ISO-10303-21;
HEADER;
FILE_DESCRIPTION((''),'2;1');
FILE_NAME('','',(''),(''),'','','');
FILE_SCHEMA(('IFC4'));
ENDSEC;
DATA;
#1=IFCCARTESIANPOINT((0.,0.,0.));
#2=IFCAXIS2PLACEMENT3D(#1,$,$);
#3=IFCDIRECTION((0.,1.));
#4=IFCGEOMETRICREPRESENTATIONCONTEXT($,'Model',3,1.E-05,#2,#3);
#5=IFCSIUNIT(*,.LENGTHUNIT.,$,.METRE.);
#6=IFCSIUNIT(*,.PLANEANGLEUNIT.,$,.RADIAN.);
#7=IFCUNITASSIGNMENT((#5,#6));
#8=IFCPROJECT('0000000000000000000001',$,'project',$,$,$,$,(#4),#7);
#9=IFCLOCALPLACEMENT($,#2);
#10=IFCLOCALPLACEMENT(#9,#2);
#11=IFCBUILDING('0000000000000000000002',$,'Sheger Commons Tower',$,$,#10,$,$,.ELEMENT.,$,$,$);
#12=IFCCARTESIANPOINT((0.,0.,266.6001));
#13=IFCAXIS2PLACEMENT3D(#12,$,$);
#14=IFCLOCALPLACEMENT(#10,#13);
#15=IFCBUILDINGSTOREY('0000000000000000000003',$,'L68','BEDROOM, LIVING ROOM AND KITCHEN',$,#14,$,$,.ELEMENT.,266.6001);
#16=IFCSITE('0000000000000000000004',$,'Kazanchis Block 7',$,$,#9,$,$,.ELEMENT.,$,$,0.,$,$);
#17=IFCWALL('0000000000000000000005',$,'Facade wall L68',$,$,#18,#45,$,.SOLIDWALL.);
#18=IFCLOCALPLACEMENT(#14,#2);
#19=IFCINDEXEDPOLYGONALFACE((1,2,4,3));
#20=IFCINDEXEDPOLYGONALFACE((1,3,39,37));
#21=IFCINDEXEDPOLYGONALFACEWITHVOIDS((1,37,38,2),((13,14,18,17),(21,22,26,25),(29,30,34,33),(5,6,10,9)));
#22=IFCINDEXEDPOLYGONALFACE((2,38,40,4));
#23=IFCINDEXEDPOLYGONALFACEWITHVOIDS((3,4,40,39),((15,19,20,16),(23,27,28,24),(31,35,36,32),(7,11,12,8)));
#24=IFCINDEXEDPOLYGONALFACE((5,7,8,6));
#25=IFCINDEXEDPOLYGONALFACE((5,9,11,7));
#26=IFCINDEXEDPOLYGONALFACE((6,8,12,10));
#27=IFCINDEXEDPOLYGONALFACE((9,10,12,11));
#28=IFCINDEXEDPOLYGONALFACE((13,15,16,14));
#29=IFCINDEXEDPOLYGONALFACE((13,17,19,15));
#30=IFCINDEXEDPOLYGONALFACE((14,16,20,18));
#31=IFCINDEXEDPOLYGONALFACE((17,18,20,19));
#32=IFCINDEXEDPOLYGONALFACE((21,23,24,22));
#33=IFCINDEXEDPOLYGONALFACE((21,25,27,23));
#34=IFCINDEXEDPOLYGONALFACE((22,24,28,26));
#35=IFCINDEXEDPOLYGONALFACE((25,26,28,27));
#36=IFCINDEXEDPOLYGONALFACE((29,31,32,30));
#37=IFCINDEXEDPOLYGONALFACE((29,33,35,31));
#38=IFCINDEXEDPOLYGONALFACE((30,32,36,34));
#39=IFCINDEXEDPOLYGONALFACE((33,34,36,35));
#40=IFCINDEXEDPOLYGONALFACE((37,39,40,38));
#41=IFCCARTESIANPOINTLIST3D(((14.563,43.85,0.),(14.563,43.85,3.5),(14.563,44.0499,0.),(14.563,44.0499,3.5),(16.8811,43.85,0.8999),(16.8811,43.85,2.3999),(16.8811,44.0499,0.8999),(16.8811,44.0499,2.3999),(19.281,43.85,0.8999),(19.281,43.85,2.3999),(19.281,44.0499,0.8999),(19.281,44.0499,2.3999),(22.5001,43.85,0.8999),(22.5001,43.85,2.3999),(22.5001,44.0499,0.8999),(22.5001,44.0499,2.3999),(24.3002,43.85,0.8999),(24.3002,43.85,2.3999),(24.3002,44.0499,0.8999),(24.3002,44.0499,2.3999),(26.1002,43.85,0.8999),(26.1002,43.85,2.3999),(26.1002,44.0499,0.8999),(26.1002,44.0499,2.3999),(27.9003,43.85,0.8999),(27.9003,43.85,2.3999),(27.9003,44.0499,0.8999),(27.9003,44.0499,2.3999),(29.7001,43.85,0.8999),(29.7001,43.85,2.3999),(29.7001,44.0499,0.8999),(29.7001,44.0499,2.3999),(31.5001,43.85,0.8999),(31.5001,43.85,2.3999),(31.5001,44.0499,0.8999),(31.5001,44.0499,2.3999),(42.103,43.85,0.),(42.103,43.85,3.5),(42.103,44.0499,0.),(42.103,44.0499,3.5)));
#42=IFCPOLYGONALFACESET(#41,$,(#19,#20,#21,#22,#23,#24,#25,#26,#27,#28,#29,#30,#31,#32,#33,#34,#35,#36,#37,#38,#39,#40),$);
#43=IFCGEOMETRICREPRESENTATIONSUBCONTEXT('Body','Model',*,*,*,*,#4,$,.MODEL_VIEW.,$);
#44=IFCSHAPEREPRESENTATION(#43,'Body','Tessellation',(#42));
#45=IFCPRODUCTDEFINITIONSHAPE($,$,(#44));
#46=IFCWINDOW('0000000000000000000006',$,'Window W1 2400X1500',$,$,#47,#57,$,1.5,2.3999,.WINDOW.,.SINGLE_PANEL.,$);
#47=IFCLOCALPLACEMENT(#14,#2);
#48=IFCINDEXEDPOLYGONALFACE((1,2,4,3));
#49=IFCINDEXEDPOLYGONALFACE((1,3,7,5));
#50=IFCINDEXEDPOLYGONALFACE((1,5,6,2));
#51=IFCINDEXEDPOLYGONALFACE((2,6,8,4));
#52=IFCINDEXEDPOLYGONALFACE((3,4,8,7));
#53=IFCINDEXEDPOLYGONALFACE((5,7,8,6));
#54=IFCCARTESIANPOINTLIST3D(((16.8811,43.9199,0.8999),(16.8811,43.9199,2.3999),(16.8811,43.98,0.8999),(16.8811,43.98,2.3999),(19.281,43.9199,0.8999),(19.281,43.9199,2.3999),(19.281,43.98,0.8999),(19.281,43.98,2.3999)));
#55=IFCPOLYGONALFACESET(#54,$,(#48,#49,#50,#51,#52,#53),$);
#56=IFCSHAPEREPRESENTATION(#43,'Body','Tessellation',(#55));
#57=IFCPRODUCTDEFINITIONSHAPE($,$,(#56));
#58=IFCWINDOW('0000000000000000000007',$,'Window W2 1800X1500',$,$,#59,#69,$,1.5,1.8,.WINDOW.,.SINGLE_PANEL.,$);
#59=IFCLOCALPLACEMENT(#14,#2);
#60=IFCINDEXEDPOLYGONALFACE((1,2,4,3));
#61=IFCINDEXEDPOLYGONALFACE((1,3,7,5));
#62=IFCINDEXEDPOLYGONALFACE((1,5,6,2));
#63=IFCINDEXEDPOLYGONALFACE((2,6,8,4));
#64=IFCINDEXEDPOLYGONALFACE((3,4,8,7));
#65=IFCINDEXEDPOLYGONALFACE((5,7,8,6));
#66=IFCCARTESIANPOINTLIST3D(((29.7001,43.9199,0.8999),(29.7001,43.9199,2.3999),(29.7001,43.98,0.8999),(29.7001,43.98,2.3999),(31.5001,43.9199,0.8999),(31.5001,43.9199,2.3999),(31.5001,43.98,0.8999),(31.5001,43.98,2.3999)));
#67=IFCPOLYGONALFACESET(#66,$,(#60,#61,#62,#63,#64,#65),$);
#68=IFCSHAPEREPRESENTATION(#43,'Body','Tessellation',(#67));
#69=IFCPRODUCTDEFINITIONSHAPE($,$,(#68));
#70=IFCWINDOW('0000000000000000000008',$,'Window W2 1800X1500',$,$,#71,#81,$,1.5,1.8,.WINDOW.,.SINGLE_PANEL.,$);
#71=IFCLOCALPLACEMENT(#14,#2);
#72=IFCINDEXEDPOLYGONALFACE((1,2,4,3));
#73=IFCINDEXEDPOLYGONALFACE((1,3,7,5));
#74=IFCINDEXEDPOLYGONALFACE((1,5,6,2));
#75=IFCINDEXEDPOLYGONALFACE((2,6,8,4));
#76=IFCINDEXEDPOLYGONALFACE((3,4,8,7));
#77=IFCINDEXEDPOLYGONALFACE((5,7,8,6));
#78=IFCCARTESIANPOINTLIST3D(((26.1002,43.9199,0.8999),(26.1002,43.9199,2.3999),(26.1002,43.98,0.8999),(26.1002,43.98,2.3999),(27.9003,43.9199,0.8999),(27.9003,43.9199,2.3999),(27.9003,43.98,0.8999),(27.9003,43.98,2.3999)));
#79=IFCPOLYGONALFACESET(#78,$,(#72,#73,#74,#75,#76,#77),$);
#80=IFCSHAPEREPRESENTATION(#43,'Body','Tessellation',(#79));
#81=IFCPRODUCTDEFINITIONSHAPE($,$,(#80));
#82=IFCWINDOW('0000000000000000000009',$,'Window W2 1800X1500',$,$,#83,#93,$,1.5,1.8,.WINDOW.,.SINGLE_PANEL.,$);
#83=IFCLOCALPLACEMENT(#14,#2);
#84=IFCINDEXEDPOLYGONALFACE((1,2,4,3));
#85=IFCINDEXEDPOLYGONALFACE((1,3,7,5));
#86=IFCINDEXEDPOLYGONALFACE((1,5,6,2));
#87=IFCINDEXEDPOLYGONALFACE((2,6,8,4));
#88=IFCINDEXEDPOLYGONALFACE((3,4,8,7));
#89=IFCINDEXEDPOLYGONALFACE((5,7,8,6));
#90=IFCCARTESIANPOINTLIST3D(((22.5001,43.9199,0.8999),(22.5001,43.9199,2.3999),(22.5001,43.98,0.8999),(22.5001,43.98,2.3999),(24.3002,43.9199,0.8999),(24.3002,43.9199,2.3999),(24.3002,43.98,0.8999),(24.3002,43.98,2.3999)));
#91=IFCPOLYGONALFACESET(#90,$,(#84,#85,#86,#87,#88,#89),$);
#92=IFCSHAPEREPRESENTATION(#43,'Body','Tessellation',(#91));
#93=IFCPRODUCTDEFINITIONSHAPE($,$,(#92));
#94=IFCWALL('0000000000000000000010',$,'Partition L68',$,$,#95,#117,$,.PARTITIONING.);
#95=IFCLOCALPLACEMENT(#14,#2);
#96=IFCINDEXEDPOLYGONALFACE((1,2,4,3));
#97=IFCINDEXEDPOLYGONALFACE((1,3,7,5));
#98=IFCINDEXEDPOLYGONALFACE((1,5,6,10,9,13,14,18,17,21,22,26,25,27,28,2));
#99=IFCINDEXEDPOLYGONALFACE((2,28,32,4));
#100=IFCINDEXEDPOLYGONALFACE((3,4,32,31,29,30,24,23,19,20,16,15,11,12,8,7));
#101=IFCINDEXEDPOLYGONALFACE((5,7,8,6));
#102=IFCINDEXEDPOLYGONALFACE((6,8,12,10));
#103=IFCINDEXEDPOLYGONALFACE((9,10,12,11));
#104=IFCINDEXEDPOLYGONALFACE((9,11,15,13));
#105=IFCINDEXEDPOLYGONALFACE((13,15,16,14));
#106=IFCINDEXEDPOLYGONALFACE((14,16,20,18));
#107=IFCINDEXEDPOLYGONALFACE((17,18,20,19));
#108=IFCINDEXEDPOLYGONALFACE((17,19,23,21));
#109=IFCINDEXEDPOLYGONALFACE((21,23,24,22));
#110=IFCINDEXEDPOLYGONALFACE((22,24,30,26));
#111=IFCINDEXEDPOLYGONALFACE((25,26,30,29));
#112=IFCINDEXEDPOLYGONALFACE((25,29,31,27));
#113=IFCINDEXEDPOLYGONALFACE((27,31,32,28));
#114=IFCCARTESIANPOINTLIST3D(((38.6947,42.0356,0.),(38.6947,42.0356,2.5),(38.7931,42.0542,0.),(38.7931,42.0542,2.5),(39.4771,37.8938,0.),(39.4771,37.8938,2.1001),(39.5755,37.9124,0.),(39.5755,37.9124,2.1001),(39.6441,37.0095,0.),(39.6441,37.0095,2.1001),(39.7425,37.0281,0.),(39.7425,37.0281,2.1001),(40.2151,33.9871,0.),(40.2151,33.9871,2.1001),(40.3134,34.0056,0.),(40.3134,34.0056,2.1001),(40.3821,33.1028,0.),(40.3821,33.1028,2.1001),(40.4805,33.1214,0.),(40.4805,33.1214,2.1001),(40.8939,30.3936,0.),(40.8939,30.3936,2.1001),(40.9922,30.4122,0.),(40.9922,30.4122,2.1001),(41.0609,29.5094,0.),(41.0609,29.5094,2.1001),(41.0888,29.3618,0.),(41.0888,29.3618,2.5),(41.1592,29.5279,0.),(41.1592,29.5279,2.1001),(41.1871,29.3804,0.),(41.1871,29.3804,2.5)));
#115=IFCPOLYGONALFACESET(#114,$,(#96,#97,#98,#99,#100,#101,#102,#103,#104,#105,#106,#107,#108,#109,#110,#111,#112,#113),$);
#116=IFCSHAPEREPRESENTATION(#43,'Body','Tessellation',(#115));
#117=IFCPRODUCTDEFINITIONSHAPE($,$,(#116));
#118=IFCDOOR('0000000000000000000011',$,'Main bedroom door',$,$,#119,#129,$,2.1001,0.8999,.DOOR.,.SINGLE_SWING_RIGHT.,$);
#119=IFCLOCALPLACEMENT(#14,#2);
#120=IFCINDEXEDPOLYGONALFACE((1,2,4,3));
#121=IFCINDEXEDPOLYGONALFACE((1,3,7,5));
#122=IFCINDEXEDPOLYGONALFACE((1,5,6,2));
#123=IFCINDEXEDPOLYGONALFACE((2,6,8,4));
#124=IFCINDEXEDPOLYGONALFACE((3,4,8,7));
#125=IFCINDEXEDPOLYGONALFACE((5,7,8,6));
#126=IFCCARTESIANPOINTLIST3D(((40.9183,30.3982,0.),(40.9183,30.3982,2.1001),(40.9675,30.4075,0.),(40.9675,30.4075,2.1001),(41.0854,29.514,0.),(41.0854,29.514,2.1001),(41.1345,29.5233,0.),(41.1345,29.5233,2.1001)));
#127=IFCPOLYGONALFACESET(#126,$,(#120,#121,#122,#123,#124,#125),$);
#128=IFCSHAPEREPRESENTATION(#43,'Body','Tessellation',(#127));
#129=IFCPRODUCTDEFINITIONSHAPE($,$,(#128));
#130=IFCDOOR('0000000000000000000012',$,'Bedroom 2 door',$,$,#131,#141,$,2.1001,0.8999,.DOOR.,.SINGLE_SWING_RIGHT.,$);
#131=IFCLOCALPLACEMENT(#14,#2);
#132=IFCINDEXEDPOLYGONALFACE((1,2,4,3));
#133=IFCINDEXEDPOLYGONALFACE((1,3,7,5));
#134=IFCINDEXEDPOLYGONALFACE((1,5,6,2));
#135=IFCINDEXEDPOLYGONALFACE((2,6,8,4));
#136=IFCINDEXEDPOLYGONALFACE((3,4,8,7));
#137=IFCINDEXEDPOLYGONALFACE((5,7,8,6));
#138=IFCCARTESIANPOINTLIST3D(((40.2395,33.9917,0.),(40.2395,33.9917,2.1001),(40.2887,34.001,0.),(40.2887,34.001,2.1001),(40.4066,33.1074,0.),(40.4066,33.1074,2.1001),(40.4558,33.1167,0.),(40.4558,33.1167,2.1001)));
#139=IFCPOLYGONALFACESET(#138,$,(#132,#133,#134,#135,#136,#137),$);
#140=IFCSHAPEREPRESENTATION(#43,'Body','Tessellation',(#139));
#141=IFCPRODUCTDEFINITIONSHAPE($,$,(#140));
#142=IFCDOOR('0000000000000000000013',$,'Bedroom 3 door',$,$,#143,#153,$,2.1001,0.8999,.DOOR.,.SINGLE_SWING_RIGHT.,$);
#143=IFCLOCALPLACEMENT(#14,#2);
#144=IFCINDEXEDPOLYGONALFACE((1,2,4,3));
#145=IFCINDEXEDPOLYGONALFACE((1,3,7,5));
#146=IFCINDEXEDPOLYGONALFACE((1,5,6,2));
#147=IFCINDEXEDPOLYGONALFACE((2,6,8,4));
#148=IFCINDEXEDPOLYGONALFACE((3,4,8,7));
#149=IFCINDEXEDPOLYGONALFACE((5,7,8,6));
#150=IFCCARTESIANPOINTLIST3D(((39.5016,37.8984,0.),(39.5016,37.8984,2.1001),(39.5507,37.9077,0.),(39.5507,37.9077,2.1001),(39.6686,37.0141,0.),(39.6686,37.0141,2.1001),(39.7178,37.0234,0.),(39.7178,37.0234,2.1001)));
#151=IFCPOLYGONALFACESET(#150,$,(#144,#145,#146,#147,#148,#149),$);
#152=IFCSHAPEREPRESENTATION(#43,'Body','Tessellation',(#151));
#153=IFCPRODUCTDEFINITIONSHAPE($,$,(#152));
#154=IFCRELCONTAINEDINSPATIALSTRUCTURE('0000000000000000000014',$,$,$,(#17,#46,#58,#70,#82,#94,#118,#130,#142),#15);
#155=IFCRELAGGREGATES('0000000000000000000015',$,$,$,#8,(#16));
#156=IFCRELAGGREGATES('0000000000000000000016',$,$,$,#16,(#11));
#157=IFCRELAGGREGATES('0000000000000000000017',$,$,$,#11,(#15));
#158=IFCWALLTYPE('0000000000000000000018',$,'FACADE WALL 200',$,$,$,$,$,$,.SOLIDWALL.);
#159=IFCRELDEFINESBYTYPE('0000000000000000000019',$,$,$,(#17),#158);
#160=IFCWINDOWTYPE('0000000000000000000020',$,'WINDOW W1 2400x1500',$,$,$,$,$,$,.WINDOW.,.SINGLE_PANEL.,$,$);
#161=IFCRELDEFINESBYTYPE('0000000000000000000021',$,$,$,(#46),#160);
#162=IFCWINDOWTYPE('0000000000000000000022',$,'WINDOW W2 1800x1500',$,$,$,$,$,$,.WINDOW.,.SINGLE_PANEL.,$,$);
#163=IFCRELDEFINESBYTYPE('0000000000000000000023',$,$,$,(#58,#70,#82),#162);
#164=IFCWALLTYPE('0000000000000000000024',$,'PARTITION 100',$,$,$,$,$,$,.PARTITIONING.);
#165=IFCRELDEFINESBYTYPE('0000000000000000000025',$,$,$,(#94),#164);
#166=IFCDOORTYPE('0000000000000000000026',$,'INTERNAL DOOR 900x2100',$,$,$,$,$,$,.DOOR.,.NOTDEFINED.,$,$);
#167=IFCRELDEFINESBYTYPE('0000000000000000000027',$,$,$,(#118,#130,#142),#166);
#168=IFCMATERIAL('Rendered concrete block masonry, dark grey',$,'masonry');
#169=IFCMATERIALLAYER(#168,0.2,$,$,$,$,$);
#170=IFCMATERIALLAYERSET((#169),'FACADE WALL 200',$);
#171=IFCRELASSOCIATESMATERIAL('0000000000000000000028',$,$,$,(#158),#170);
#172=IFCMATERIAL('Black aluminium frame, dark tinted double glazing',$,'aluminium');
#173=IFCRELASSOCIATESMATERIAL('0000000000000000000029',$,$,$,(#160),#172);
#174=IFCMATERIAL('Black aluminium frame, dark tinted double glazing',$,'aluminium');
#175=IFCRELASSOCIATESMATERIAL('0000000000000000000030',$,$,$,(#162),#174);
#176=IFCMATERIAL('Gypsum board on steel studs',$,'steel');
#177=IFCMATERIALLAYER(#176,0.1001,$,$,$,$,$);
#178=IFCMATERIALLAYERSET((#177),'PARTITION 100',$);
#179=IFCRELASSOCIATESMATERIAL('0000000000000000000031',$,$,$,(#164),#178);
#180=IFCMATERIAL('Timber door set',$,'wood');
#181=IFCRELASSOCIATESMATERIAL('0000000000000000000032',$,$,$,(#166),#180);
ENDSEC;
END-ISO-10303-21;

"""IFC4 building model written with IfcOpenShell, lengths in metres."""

from ifc_helpers import new_model, si_unit, direction, frame, frame_2d, origin, place, context, subcontext, project, spatial, rectangle, extrude, material, layer, layer_set, type_object, element, fill, save


model = new_model("IFC4")

# Units and contexts
model_context = context("Model", 3, precision=1e-05, world=origin(), true_north=direction((0.0, 1.0)))
body_context = subcontext(model_context, "Body", "Model", "MODEL_VIEW")
ifc_project = project(units=[si_unit("LENGTHUNIT", "METRE"), si_unit("PLANEANGLEUNIT", "RADIAN")], contexts=[model_context])

# Site, building, storey
site_placement = place(None, origin())
site = spatial("IfcSite", under=ifc_project, at=site_placement, Name="Kazanchis Block 7", CompositionType="ELEMENT", RefElevation=0.0)
building_placement = place(site_placement, origin())
building = spatial("IfcBuilding", under=site, at=building_placement, Name="Sheger Commons Tower", CompositionType="ELEMENT")
storey_placement = place(building_placement, frame((0.0, 0.0, 266.6001)))
storey = spatial("IfcBuildingStorey", under=building, at=storey_placement, Name="L68", Description="BEDROOM, LIVING ROOM AND KITCHEN", CompositionType="ELEMENT", Elevation=266.6001)

# Shared definitions
ifc_material_1 = material(Name="Rendered concrete block masonry, dark grey", Category="masonry")
ifc_layer_1 = layer(ifc_material_1, 0.2)
ifc_layer_set_1 = layer_set([ifc_layer_1], Name="FACADE WALL 200")
wall_type_1 = type_object("IfcWallType", Name="FACADE WALL 200", PredefinedType="SOLIDWALL", material=ifc_layer_set_1)

# Wall, openings, windows
wall_1_placement = place(storey_placement, frame((42.103, 43.95, 0.0), z_axis=(0.0, 0.0, 1.0), x_axis=(-1.0, 0.0, 0.0)))
wall_1 = element("IfcWall", 1, at=wall_1_placement, inside=storey, type_object=wall_type_1, Name="Facade wall L68", PredefinedType="SOLIDWALL", context=body_context, shape_type="SweptSolid", body=[
    extrude(rectangle(XDim=27.54, YDim=0.2, at=frame_2d((13.77, 0.0))), origin(), (0.0, 0.0, 1.0), 3.5),
])
opening_1_placement = place(wall_1_placement, frame((10.603, 0.0, 0.8999)))
opening_1 = element("IfcOpeningElement", 2, at=opening_1_placement, cuts=wall_1, PredefinedType="OPENING", context=body_context, shape_type="SweptSolid", body=[
    extrude(rectangle(XDim=1.8, YDim=1.5, at=frame_2d((0.8999, 0.75))), frame((0.0, 0.1099, 0.0), z_axis=(0.0, -1.0, 0.0), x_axis=(1.0, 0.0, 0.0)), (0.0, 0.0, 1.0), 0.22),
])
opening_2_placement = place(wall_1_placement, frame((14.2029, 0.0, 0.8999)))
opening_2 = element("IfcOpeningElement", 3, at=opening_2_placement, cuts=wall_1, PredefinedType="OPENING", context=body_context, shape_type="SweptSolid", body=[
    extrude(rectangle(XDim=1.8, YDim=1.5, at=frame_2d((0.8999, 0.75))), frame((0.0, 0.1099, 0.0), z_axis=(0.0, -1.0, 0.0), x_axis=(1.0, 0.0, 0.0)), (0.0, 0.0, 1.0), 0.22),
])
opening_3_placement = place(wall_1_placement, frame((17.803, 0.0, 0.8999)))
opening_3 = element("IfcOpeningElement", 4, at=opening_3_placement, cuts=wall_1, PredefinedType="OPENING", context=body_context, shape_type="SweptSolid", body=[
    extrude(rectangle(XDim=1.8, YDim=1.5, at=frame_2d((0.8999, 0.75))), frame((0.0, 0.1099, 0.0), z_axis=(0.0, -1.0, 0.0), x_axis=(1.0, 0.0, 0.0)), (0.0, 0.0, 1.0), 0.22),
])
opening_4_placement = place(wall_1_placement, frame((22.822, 0.0, 0.8999)))
opening_4 = element("IfcOpeningElement", 5, at=opening_4_placement, cuts=wall_1, PredefinedType="OPENING", context=body_context, shape_type="SweptSolid", body=[
    extrude(rectangle(XDim=2.3999, YDim=1.5, at=frame_2d((1.2, 0.75))), frame((0.0, 0.1099, 0.0), z_axis=(0.0, -1.0, 0.0), x_axis=(1.0, 0.0, 0.0)), (0.0, 0.0, 1.0), 0.22),
])
ifc_material_2 = material(Name="Black aluminium frame, dark tinted double glazing", Category="aluminium")
window_type_1 = type_object("IfcWindowType", Name="WINDOW W1 2400x1500", PartitioningType="SINGLE_PANEL", PredefinedType="WINDOW", material=ifc_material_2)
window_1_placement = place(opening_4_placement, origin())
window_1 = element("IfcWindow", 6, at=window_1_placement, inside=storey, type_object=window_type_1, Name="Window W1 2400X1500", OverallHeight=1.5, OverallWidth=2.3999, PartitioningType="SINGLE_PANEL", PredefinedType="WINDOW", context=body_context, shape_type="SweptSolid", body=[
    extrude(rectangle(XDim=2.3999, YDim=1.5, at=frame_2d((1.2, 0.75))), frame((0.0, 0.03, 0.0), z_axis=(0.0, -1.0, 0.0), x_axis=(1.0, 0.0, 0.0)), (0.0, 0.0, 1.0), 0.0601),
])
fill(opening_4, window_1)
ifc_material_3 = material(Name="Black aluminium frame, dark tinted double glazing", Category="aluminium")
window_type_2 = type_object("IfcWindowType", Name="WINDOW W2 1800x1500", PartitioningType="SINGLE_PANEL", PredefinedType="WINDOW", material=ifc_material_3)
window_2_placement = place(opening_1_placement, origin())
window_2 = element("IfcWindow", 7, at=window_2_placement, inside=storey, type_object=window_type_2, Name="Window W2 1800X1500", OverallHeight=1.5, OverallWidth=1.8, PartitioningType="SINGLE_PANEL", PredefinedType="WINDOW", context=body_context, shape_type="SweptSolid", body=[
    extrude(rectangle(XDim=1.8, YDim=1.5, at=frame_2d((0.8999, 0.75))), frame((0.0, 0.03, 0.0), z_axis=(0.0, -1.0, 0.0), x_axis=(1.0, 0.0, 0.0)), (0.0, 0.0, 1.0), 0.0601),
])
fill(opening_1, window_2)
window_3_placement = place(opening_2_placement, origin())
window_3 = element("IfcWindow", 8, at=window_3_placement, inside=storey, type_object=window_type_2, Name="Window W2 1800X1500", OverallHeight=1.5, OverallWidth=1.8, PartitioningType="SINGLE_PANEL", PredefinedType="WINDOW", context=body_context, shape_type="SweptSolid", body=[
    extrude(rectangle(XDim=1.8, YDim=1.5, at=frame_2d((0.8999, 0.75))), frame((0.0, 0.03, 0.0), z_axis=(0.0, -1.0, 0.0), x_axis=(1.0, 0.0, 0.0)), (0.0, 0.0, 1.0), 0.0601),
])
fill(opening_2, window_3)
window_4_placement = place(opening_3_placement, origin())
window_4 = element("IfcWindow", 9, at=window_4_placement, inside=storey, type_object=window_type_2, Name="Window W2 1800X1500", OverallHeight=1.5, OverallWidth=1.8, PartitioningType="SINGLE_PANEL", PredefinedType="WINDOW", context=body_context, shape_type="SweptSolid", body=[
    extrude(rectangle(XDim=1.8, YDim=1.5, at=frame_2d((0.8999, 0.75))), frame((0.0, 0.03, 0.0), z_axis=(0.0, -1.0, 0.0), x_axis=(1.0, 0.0, 0.0)), (0.0, 0.0, 1.0), 0.0601),
])
fill(opening_3, window_4)

# Wall, openings, doors
ifc_material_4 = material(Name="Gypsum board on steel studs", Category="steel")
ifc_layer_2 = layer(ifc_material_4, 0.1001)
ifc_layer_set_2 = layer_set([ifc_layer_2], Name="PARTITION 100")
wall_type_2 = type_object("IfcWallType", Name="PARTITION 100", PredefinedType="PARTITIONING", material=ifc_layer_set_2)
wall_2_placement = place(storey_placement, frame((38.7439, 42.0449, 0.0), z_axis=(0.0, 0.0, 1.0), x_axis=(0.185614, -0.982623, 0.0)))
wall_2 = element("IfcWall", 10, at=wall_2_placement, inside=storey, type_object=wall_type_2, Name="Partition L68", PredefinedType="PARTITIONING", context=body_context, shape_type="SweptSolid", body=[
    extrude(rectangle(XDim=12.8979, YDim=0.1001, at=frame_2d((6.449, 0.0))), origin(), (0.0, 0.0, 1.0), 2.5),
])
opening_5_placement = place(wall_2_placement, frame((11.8479, 0.0, 0.0)))
opening_5 = element("IfcOpeningElement", 11, at=opening_5_placement, cuts=wall_2, PredefinedType="OPENING", context=body_context, shape_type="SweptSolid", body=[
    extrude(rectangle(XDim=0.8999, YDim=2.1001, at=frame_2d((0.45, 1.05))), frame((0.0, 0.0601, 0.0), z_axis=(0.0, -1.0, 0.0), x_axis=(1.0, 0.0, 0.0)), (0.0, 0.0, 1.0), 0.1201),
])
opening_6_placement = place(wall_2_placement, frame((8.1909, 0.0, 0.0)))
opening_6 = element("IfcOpeningElement", 12, at=opening_6_placement, cuts=wall_2, PredefinedType="OPENING", context=body_context, shape_type="SweptSolid", body=[
    extrude(rectangle(XDim=0.8999, YDim=2.1001, at=frame_2d((0.45, 1.05))), frame((0.0, 0.0601, 0.0), z_axis=(0.0, -1.0, 0.0), x_axis=(1.0, 0.0, 0.0)), (0.0, 0.0, 1.0), 0.1201),
])
opening_7_placement = place(wall_2_placement, frame((4.2151, 0.0, 0.0)))
opening_7 = element("IfcOpeningElement", 13, at=opening_7_placement, cuts=wall_2, PredefinedType="OPENING", context=body_context, shape_type="SweptSolid", body=[
    extrude(rectangle(XDim=0.8999, YDim=2.1001, at=frame_2d((0.45, 1.05))), frame((0.0, 0.0601, 0.0), z_axis=(0.0, -1.0, 0.0), x_axis=(1.0, 0.0, 0.0)), (0.0, 0.0, 1.0), 0.1201),
])
ifc_material_5 = material(Name="Timber door set", Category="wood")
door_type = type_object("IfcDoorType", Name="INTERNAL DOOR 900x2100", OperationType="NOTDEFINED", PredefinedType="DOOR", material=ifc_material_5)
door_1_placement = place(opening_5_placement, origin())
door_1 = element("IfcDoor", 14, at=door_1_placement, inside=storey, type_object=door_type, Name="Main bedroom door", OperationType="SINGLE_SWING_RIGHT", OverallHeight=2.1001, OverallWidth=0.8999, PredefinedType="DOOR", context=body_context, shape_type="SweptSolid", body=[
    extrude(rectangle(XDim=0.8999, YDim=2.1001, at=frame_2d((0.45, 1.05))), frame((0.0, 0.0249, 0.0), z_axis=(0.0, -1.0, 0.0), x_axis=(1.0, 0.0, 0.0)), (0.0, 0.0, 1.0), 0.05),
])
fill(opening_5, door_1)
door_2_placement = place(opening_6_placement, origin())
door_2 = element("IfcDoor", 15, at=door_2_placement, inside=storey, type_object=door_type, Name="Bedroom 2 door", OperationType="SINGLE_SWING_RIGHT", OverallHeight=2.1001, OverallWidth=0.8999, PredefinedType="DOOR", context=body_context, shape_type="SweptSolid", body=[
    extrude(rectangle(XDim=0.8999, YDim=2.1001, at=frame_2d((0.45, 1.05))), frame((0.0, 0.0249, 0.0), z_axis=(0.0, -1.0, 0.0), x_axis=(1.0, 0.0, 0.0)), (0.0, 0.0, 1.0), 0.05),
])
fill(opening_6, door_2)
door_3_placement = place(opening_7_placement, origin())
door_3 = element("IfcDoor", 16, at=door_3_placement, inside=storey, type_object=door_type, Name="Bedroom 3 door", OperationType="SINGLE_SWING_RIGHT", OverallHeight=2.1001, OverallWidth=0.8999, PredefinedType="DOOR", context=body_context, shape_type="SweptSolid", body=[
    extrude(rectangle(XDim=0.8999, YDim=2.1001, at=frame_2d((0.45, 1.05))), frame((0.0, 0.0249, 0.0), z_axis=(0.0, -1.0, 0.0), x_axis=(1.0, 0.0, 0.0)), (0.0, 0.0, 1.0), 0.05),
])
fill(opening_7, door_3)

save(model, "model.ifc")
